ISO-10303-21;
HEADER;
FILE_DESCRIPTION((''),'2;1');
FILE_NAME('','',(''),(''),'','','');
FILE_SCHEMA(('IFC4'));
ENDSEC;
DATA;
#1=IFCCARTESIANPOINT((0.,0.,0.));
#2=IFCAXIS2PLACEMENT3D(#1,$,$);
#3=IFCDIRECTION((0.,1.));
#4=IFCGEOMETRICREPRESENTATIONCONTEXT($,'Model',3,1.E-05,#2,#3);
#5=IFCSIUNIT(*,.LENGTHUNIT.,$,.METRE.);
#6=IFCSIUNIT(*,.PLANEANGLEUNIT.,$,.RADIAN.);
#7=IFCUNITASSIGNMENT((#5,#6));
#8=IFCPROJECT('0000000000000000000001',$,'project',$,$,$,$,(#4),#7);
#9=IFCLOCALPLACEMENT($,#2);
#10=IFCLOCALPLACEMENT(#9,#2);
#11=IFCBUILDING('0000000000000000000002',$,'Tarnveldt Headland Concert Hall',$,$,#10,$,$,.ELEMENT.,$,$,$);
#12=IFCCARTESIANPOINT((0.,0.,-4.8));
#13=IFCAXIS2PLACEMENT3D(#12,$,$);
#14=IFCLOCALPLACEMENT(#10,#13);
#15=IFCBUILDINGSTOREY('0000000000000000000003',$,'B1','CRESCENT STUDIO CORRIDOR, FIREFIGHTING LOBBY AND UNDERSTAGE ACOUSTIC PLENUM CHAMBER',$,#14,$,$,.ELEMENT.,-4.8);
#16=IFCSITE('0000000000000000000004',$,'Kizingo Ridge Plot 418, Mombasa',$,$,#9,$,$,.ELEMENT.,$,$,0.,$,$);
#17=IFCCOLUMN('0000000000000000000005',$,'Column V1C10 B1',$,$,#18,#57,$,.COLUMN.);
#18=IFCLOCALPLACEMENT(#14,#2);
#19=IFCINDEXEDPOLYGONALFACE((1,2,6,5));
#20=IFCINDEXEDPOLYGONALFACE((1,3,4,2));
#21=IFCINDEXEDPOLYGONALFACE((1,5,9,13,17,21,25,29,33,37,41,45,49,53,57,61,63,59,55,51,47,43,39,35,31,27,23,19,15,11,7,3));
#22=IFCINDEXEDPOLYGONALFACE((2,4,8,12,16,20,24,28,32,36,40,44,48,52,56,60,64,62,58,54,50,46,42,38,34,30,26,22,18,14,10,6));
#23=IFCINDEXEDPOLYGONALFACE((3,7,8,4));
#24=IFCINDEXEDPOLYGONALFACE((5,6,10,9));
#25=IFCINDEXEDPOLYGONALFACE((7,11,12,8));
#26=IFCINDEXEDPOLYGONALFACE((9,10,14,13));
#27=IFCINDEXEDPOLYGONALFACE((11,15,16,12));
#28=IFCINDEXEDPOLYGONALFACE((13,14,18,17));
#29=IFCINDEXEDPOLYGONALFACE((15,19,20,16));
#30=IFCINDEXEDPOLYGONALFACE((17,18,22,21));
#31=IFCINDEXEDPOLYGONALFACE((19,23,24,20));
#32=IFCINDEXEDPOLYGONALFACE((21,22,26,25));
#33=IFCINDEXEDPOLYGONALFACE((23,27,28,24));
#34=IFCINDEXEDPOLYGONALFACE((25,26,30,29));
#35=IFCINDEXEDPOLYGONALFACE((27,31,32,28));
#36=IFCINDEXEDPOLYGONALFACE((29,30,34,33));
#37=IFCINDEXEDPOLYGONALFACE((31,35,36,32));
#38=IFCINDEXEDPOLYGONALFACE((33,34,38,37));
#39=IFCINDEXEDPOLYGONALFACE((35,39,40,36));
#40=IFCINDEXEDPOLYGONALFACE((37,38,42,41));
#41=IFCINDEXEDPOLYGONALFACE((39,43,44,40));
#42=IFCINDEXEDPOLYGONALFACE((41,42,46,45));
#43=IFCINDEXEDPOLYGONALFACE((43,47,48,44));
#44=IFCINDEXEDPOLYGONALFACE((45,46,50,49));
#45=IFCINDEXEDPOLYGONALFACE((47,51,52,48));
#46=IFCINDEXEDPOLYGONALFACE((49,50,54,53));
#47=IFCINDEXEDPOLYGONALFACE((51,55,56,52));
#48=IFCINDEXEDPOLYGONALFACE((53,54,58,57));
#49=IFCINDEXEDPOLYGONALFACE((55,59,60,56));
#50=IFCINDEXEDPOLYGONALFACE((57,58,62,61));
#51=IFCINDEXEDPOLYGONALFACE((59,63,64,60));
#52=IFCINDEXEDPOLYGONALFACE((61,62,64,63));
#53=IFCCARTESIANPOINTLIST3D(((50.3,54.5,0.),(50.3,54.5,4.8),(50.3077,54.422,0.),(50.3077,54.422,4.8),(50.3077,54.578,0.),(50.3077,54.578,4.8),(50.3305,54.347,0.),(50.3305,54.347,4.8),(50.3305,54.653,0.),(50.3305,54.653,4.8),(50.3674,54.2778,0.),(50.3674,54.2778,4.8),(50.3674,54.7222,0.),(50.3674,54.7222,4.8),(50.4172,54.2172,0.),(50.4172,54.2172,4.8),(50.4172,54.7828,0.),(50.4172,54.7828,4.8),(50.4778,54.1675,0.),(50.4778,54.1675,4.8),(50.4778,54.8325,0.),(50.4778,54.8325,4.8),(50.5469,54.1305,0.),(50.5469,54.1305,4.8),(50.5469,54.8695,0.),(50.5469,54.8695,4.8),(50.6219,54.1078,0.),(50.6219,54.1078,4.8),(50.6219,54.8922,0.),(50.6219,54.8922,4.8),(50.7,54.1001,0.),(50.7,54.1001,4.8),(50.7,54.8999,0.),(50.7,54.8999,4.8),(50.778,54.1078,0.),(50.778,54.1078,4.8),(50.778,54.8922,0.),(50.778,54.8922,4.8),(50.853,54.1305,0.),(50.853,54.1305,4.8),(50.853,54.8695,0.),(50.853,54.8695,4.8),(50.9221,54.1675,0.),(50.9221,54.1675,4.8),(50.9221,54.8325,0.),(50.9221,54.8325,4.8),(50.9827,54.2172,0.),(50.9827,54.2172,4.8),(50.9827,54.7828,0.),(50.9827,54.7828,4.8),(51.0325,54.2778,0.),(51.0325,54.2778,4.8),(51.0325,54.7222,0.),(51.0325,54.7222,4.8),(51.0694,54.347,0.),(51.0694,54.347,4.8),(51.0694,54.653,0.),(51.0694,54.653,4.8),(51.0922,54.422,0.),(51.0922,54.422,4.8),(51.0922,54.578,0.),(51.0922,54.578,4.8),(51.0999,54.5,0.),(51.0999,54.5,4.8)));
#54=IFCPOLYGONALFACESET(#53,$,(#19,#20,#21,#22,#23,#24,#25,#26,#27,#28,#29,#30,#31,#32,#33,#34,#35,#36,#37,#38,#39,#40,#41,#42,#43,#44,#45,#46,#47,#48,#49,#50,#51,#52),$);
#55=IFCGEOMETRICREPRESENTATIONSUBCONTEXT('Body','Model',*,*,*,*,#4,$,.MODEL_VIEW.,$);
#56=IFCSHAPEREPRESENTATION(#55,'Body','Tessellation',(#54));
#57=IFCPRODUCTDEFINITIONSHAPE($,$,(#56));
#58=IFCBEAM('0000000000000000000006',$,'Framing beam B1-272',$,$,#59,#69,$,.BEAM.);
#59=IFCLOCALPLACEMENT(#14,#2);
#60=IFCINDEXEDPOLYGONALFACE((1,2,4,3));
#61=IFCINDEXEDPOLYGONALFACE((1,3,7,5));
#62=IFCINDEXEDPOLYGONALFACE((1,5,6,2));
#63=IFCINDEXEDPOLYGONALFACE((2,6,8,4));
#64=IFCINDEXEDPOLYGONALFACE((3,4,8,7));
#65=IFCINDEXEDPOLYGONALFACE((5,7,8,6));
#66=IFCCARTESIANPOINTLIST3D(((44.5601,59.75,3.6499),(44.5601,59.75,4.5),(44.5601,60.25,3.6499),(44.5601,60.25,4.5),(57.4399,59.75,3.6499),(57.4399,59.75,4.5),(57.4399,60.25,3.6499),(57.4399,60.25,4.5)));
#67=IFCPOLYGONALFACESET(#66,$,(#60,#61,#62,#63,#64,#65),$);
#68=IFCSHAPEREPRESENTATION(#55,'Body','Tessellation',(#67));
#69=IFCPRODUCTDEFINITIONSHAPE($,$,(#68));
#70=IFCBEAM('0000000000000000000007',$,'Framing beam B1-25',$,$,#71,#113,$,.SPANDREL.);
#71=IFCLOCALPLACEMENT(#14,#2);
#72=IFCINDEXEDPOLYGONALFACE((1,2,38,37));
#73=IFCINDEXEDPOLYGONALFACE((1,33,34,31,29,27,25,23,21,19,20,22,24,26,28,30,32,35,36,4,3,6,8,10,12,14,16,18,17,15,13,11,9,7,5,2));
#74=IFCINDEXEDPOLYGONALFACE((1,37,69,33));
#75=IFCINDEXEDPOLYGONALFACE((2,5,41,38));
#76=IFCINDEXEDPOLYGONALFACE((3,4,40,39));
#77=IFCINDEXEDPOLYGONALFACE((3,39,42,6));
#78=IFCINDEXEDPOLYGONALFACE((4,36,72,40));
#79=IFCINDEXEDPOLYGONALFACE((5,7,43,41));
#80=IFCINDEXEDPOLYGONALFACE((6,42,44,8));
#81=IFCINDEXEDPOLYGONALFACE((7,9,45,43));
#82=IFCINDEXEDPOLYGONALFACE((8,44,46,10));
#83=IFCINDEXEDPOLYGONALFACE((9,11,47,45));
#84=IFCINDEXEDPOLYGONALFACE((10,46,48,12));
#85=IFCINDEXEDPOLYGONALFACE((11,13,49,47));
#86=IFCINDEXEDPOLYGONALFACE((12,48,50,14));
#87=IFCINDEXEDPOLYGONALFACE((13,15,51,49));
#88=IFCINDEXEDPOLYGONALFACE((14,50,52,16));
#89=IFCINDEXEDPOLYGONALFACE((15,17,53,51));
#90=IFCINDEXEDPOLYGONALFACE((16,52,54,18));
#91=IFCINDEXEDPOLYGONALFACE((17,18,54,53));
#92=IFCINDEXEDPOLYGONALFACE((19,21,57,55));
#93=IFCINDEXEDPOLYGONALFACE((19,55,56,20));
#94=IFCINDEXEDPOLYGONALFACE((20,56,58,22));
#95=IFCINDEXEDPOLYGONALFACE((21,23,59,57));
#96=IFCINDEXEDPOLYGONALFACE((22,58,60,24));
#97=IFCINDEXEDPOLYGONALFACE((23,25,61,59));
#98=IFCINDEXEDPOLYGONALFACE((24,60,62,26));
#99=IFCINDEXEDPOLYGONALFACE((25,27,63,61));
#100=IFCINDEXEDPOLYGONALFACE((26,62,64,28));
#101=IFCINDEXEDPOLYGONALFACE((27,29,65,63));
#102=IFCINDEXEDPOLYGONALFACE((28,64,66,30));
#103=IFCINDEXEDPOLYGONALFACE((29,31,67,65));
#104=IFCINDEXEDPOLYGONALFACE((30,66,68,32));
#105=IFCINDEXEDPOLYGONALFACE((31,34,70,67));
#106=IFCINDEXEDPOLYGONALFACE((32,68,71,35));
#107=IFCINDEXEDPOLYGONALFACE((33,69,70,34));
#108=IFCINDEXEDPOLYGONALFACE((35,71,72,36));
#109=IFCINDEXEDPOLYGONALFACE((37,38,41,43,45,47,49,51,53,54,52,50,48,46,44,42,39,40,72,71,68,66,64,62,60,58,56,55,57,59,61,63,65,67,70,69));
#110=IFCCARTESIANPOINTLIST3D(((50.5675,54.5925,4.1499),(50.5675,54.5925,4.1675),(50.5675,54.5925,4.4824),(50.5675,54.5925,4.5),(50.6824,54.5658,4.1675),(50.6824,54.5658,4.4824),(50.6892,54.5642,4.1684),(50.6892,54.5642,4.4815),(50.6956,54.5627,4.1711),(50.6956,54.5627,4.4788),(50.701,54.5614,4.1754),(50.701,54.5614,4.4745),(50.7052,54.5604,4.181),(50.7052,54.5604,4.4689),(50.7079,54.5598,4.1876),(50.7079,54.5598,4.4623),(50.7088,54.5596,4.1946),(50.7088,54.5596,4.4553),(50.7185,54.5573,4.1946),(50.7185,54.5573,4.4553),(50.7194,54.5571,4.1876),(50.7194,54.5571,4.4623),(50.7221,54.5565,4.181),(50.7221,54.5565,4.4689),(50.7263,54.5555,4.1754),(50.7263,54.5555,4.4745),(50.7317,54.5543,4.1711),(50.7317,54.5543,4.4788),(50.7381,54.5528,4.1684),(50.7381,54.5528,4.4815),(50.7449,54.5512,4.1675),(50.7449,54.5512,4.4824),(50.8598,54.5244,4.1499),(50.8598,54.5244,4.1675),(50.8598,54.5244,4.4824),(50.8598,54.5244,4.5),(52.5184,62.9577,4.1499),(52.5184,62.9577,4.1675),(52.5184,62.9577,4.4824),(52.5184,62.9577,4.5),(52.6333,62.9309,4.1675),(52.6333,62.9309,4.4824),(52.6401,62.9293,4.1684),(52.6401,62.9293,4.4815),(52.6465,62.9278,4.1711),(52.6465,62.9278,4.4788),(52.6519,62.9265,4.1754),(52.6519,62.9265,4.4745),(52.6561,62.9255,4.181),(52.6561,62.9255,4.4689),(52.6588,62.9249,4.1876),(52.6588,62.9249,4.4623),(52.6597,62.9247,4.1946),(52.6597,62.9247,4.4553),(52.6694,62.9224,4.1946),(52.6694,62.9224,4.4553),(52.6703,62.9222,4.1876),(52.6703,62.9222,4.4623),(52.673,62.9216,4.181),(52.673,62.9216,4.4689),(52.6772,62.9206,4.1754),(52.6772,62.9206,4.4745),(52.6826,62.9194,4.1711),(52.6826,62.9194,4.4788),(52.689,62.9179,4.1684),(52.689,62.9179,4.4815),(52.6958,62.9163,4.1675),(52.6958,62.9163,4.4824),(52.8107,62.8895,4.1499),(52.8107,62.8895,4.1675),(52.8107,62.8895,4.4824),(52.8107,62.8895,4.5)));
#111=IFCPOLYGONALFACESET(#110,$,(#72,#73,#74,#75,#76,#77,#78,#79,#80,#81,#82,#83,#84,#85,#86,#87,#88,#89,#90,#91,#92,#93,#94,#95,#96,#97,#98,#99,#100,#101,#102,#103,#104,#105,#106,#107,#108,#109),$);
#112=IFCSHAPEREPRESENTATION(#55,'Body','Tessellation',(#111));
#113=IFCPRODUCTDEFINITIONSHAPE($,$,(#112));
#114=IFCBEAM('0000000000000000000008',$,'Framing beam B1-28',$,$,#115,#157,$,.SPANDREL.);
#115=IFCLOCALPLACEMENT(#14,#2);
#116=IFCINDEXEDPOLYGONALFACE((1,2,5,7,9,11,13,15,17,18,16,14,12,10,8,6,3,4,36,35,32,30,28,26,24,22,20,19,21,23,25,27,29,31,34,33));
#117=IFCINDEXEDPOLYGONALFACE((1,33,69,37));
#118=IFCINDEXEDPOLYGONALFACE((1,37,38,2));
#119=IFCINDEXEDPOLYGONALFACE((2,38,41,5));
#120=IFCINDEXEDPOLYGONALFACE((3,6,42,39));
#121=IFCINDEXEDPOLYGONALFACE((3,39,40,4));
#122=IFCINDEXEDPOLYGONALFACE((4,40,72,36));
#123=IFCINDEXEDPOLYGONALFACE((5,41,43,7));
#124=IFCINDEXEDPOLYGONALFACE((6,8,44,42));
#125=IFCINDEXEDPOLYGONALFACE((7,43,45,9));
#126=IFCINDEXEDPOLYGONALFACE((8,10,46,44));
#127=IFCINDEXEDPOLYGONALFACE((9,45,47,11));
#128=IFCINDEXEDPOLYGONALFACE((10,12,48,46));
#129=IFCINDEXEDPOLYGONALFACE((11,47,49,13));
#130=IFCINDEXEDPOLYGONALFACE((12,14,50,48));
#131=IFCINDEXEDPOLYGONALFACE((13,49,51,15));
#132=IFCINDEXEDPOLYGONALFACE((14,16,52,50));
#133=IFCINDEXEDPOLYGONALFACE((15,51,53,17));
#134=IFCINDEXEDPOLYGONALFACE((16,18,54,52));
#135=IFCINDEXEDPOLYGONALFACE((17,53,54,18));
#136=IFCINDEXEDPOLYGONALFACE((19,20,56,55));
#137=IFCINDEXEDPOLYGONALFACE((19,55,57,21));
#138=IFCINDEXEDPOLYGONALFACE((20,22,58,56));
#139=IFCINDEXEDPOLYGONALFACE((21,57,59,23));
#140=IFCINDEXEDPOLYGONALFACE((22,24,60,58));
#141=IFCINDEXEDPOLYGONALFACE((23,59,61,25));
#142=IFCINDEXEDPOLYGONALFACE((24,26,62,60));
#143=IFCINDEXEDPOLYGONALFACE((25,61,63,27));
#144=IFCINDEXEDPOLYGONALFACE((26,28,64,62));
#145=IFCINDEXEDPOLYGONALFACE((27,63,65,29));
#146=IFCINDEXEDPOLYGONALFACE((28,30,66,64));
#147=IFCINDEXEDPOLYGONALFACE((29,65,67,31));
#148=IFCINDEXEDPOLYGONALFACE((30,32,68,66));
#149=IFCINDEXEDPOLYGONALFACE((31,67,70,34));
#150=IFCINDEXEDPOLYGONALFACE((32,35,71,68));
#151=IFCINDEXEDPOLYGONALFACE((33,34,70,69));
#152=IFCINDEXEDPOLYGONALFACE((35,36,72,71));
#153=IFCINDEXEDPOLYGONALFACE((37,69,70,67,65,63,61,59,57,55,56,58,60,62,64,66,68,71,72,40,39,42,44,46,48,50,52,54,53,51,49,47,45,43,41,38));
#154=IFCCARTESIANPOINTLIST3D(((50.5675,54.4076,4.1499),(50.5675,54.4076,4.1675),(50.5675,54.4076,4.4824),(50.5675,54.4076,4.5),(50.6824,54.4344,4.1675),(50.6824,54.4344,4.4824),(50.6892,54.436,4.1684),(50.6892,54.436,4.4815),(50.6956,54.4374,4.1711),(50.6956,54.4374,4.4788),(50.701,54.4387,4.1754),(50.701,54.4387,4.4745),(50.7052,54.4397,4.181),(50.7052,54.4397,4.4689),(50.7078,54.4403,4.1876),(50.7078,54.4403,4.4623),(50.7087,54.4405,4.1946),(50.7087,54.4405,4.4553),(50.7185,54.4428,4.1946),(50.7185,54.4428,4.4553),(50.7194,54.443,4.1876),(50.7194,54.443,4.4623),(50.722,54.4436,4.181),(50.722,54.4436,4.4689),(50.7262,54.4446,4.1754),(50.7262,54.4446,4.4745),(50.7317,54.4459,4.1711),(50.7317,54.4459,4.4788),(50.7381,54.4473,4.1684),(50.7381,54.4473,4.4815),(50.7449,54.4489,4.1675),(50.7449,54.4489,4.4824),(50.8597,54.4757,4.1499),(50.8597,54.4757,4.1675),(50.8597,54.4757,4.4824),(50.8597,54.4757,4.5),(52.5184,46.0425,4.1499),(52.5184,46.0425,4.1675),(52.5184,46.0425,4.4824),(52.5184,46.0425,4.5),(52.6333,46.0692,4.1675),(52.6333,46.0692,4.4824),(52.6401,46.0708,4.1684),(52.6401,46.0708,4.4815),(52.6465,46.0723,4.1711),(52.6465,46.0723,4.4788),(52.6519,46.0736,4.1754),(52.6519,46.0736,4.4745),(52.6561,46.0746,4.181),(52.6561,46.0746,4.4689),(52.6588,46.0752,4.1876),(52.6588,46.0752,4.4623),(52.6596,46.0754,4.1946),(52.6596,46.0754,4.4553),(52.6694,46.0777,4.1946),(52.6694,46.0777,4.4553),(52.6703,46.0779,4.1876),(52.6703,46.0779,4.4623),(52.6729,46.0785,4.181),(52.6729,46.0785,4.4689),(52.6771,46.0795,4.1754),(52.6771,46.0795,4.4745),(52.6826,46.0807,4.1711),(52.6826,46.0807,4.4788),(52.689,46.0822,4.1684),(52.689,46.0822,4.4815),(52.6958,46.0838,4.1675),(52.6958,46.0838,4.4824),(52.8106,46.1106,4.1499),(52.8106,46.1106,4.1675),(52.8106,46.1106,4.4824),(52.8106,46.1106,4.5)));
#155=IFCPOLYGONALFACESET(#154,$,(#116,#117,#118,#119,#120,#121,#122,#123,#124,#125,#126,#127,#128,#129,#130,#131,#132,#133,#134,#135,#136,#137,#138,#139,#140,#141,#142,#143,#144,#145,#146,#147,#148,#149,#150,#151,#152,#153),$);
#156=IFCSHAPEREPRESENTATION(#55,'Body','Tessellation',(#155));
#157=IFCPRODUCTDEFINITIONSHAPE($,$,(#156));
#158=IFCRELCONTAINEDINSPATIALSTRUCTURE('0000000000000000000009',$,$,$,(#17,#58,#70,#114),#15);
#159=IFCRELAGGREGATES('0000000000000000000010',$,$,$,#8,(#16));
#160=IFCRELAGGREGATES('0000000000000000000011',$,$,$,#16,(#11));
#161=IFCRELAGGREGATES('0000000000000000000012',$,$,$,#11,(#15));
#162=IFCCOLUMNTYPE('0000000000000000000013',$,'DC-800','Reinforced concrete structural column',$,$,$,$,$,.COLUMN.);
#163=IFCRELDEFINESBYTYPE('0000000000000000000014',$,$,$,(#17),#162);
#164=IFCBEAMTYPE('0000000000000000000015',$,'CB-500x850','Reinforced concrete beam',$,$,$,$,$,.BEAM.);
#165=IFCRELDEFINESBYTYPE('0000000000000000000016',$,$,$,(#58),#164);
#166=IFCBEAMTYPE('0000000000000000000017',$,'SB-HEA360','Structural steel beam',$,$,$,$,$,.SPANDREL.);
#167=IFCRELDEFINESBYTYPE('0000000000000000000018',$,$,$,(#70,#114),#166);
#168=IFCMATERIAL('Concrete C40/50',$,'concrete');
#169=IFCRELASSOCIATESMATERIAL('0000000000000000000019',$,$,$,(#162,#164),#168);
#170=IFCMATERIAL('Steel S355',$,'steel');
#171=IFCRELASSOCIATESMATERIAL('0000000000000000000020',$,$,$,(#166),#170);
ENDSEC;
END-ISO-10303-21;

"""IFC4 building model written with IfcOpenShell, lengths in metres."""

from ifc_helpers import new_model, si_unit, direction, frame, origin, origin_2d, place, context, subcontext, project, spatial, rectangle, circle, i_section, extrude, material, material_profile, profile_set, type_object, element, save


model = new_model("IFC4")

# Units and contexts
model_context = context("Model", 3, precision=1e-05, world=origin(), true_north=direction((0.0, 1.0)))
body_context = subcontext(model_context, "Body", "Model", "MODEL_VIEW")
ifc_project = project(units=[si_unit("LENGTHUNIT", "METRE"), si_unit("PLANEANGLEUNIT", "RADIAN")], contexts=[model_context])

# Site, building, storey
site_placement = place(None, origin())
site = spatial("IfcSite", under=ifc_project, at=site_placement, Name="Kizingo Ridge Plot 418, Mombasa", CompositionType="ELEMENT", RefElevation=0.0)
building_placement = place(site_placement, origin())
building = spatial("IfcBuilding", under=site, at=building_placement, Name="Tarnveldt Headland Concert Hall", CompositionType="ELEMENT")
storey_placement = place(building_placement, frame((0.0, 0.0, -4.8)))
storey = spatial("IfcBuildingStorey", under=building, at=storey_placement, Name="B1", Description="CRESCENT STUDIO CORRIDOR, FIREFIGHTING LOBBY AND UNDERSTAGE ACOUSTIC PLENUM CHAMBER", CompositionType="ELEMENT", Elevation=-4.8)

# Shared definitions
ifc_material_1 = material(Name="Concrete C40/50", Category="concrete")

# Column
ifc_material_profile_1 = material_profile(ifc_material_1, circle(Radius=0.3999, at=origin_2d()), Name="RC D800", Category="concrete")
ifc_profile_set_1 = profile_set([ifc_material_profile_1], Name="Concrete C40/50")
column_type_1 = type_object("IfcColumnType", Name="DC-800", Description="Reinforced concrete structural column", PredefinedType="COLUMN", material=ifc_profile_set_1)
for number, where, z_axis, x_axis, name in (
    (1, (50.7, 54.5, 0.0), (0.0, 0.0, 1.0), (-1.0, 0.0, 0.0), "Column V1C10 B1"),
):
    element("IfcColumn", number, at=place(storey_placement, frame(where, z_axis=z_axis, x_axis=x_axis)), inside=storey, type_object=column_type_1, Name=name, PredefinedType="COLUMN", context=body_context, shape_type="SweptSolid", body=[
        extrude(circle(Radius=0.3999, at=origin_2d()), origin(), (0.0, 0.0, 1.0), 4.8),
    ])

# Beams
ifc_material_profile_2 = material_profile(ifc_material_1, rectangle(XDim=0.5, YDim=0.8501, at=origin_2d()), Name="RC 500x850", Category="concrete")
ifc_profile_set_2 = profile_set([ifc_material_profile_2], Name="Concrete C40/50")
beam_type_1 = type_object("IfcBeamType", Name="CB-500x850", Description="Reinforced concrete beam", PredefinedType="BEAM", material=ifc_profile_set_2)
beam_1_placement = place(storey_placement, frame((44.5601, 60.0, 4.075), z_axis=(1.0, 0.0, 0.0), x_axis=(0.0, 1.0, 0.0)))
element("IfcBeam", 2, at=beam_1_placement, inside=storey, type_object=beam_type_1, Name="Framing beam B1-272", PredefinedType="BEAM", context=body_context, shape_type="SweptSolid", body=[
    extrude(rectangle(XDim=0.5, YDim=0.8501, at=origin_2d()), origin(), (0.0, 0.0, 1.0), 12.8799),
])
ifc_material_2 = material(Name="Steel S355", Category="steel")
ifc_material_profile_3 = material_profile(ifc_material_2, i_section(OverallWidth=0.3, OverallDepth=0.3501, WebThickness=0.01, FlangeThickness=0.0176, FilletRadius=0.0271, at=origin_2d()), Name="HEA360", Category="steel")
ifc_profile_set_3 = profile_set([ifc_material_profile_3], Name="Steel S355")
beam_type_2 = type_object("IfcBeamType", Name="SB-HEA360", Description="Structural steel beam", PredefinedType="SPANDREL", material=ifc_profile_set_3)
for number, where, z_axis, x_axis, name in (
    (3, (52.6646, 62.9236, 4.325), (-0.227124, -0.973866, 0.0), (0.973866, -0.227124, 0.0), "Framing beam B1-25"),
    (4, (50.7136, 54.4417, 4.325), (0.227124, -0.973866, 0.0), (0.973866, 0.227124, 0.0), "Framing beam B1-28"),
):
    element("IfcBeam", number, at=place(storey_placement, frame(where, z_axis=z_axis, x_axis=x_axis)), inside=storey, type_object=beam_type_2, Name=name, PredefinedType="SPANDREL", context=body_context, shape_type="SweptSolid", body=[
        extrude(i_section(OverallWidth=0.3, OverallDepth=0.3501, WebThickness=0.01, FlangeThickness=0.0176, FilletRadius=0.0271, at=origin_2d()), origin(), (0.0, 0.0, 1.0), 8.5896),
    ])

save(model, "model.ifc")
